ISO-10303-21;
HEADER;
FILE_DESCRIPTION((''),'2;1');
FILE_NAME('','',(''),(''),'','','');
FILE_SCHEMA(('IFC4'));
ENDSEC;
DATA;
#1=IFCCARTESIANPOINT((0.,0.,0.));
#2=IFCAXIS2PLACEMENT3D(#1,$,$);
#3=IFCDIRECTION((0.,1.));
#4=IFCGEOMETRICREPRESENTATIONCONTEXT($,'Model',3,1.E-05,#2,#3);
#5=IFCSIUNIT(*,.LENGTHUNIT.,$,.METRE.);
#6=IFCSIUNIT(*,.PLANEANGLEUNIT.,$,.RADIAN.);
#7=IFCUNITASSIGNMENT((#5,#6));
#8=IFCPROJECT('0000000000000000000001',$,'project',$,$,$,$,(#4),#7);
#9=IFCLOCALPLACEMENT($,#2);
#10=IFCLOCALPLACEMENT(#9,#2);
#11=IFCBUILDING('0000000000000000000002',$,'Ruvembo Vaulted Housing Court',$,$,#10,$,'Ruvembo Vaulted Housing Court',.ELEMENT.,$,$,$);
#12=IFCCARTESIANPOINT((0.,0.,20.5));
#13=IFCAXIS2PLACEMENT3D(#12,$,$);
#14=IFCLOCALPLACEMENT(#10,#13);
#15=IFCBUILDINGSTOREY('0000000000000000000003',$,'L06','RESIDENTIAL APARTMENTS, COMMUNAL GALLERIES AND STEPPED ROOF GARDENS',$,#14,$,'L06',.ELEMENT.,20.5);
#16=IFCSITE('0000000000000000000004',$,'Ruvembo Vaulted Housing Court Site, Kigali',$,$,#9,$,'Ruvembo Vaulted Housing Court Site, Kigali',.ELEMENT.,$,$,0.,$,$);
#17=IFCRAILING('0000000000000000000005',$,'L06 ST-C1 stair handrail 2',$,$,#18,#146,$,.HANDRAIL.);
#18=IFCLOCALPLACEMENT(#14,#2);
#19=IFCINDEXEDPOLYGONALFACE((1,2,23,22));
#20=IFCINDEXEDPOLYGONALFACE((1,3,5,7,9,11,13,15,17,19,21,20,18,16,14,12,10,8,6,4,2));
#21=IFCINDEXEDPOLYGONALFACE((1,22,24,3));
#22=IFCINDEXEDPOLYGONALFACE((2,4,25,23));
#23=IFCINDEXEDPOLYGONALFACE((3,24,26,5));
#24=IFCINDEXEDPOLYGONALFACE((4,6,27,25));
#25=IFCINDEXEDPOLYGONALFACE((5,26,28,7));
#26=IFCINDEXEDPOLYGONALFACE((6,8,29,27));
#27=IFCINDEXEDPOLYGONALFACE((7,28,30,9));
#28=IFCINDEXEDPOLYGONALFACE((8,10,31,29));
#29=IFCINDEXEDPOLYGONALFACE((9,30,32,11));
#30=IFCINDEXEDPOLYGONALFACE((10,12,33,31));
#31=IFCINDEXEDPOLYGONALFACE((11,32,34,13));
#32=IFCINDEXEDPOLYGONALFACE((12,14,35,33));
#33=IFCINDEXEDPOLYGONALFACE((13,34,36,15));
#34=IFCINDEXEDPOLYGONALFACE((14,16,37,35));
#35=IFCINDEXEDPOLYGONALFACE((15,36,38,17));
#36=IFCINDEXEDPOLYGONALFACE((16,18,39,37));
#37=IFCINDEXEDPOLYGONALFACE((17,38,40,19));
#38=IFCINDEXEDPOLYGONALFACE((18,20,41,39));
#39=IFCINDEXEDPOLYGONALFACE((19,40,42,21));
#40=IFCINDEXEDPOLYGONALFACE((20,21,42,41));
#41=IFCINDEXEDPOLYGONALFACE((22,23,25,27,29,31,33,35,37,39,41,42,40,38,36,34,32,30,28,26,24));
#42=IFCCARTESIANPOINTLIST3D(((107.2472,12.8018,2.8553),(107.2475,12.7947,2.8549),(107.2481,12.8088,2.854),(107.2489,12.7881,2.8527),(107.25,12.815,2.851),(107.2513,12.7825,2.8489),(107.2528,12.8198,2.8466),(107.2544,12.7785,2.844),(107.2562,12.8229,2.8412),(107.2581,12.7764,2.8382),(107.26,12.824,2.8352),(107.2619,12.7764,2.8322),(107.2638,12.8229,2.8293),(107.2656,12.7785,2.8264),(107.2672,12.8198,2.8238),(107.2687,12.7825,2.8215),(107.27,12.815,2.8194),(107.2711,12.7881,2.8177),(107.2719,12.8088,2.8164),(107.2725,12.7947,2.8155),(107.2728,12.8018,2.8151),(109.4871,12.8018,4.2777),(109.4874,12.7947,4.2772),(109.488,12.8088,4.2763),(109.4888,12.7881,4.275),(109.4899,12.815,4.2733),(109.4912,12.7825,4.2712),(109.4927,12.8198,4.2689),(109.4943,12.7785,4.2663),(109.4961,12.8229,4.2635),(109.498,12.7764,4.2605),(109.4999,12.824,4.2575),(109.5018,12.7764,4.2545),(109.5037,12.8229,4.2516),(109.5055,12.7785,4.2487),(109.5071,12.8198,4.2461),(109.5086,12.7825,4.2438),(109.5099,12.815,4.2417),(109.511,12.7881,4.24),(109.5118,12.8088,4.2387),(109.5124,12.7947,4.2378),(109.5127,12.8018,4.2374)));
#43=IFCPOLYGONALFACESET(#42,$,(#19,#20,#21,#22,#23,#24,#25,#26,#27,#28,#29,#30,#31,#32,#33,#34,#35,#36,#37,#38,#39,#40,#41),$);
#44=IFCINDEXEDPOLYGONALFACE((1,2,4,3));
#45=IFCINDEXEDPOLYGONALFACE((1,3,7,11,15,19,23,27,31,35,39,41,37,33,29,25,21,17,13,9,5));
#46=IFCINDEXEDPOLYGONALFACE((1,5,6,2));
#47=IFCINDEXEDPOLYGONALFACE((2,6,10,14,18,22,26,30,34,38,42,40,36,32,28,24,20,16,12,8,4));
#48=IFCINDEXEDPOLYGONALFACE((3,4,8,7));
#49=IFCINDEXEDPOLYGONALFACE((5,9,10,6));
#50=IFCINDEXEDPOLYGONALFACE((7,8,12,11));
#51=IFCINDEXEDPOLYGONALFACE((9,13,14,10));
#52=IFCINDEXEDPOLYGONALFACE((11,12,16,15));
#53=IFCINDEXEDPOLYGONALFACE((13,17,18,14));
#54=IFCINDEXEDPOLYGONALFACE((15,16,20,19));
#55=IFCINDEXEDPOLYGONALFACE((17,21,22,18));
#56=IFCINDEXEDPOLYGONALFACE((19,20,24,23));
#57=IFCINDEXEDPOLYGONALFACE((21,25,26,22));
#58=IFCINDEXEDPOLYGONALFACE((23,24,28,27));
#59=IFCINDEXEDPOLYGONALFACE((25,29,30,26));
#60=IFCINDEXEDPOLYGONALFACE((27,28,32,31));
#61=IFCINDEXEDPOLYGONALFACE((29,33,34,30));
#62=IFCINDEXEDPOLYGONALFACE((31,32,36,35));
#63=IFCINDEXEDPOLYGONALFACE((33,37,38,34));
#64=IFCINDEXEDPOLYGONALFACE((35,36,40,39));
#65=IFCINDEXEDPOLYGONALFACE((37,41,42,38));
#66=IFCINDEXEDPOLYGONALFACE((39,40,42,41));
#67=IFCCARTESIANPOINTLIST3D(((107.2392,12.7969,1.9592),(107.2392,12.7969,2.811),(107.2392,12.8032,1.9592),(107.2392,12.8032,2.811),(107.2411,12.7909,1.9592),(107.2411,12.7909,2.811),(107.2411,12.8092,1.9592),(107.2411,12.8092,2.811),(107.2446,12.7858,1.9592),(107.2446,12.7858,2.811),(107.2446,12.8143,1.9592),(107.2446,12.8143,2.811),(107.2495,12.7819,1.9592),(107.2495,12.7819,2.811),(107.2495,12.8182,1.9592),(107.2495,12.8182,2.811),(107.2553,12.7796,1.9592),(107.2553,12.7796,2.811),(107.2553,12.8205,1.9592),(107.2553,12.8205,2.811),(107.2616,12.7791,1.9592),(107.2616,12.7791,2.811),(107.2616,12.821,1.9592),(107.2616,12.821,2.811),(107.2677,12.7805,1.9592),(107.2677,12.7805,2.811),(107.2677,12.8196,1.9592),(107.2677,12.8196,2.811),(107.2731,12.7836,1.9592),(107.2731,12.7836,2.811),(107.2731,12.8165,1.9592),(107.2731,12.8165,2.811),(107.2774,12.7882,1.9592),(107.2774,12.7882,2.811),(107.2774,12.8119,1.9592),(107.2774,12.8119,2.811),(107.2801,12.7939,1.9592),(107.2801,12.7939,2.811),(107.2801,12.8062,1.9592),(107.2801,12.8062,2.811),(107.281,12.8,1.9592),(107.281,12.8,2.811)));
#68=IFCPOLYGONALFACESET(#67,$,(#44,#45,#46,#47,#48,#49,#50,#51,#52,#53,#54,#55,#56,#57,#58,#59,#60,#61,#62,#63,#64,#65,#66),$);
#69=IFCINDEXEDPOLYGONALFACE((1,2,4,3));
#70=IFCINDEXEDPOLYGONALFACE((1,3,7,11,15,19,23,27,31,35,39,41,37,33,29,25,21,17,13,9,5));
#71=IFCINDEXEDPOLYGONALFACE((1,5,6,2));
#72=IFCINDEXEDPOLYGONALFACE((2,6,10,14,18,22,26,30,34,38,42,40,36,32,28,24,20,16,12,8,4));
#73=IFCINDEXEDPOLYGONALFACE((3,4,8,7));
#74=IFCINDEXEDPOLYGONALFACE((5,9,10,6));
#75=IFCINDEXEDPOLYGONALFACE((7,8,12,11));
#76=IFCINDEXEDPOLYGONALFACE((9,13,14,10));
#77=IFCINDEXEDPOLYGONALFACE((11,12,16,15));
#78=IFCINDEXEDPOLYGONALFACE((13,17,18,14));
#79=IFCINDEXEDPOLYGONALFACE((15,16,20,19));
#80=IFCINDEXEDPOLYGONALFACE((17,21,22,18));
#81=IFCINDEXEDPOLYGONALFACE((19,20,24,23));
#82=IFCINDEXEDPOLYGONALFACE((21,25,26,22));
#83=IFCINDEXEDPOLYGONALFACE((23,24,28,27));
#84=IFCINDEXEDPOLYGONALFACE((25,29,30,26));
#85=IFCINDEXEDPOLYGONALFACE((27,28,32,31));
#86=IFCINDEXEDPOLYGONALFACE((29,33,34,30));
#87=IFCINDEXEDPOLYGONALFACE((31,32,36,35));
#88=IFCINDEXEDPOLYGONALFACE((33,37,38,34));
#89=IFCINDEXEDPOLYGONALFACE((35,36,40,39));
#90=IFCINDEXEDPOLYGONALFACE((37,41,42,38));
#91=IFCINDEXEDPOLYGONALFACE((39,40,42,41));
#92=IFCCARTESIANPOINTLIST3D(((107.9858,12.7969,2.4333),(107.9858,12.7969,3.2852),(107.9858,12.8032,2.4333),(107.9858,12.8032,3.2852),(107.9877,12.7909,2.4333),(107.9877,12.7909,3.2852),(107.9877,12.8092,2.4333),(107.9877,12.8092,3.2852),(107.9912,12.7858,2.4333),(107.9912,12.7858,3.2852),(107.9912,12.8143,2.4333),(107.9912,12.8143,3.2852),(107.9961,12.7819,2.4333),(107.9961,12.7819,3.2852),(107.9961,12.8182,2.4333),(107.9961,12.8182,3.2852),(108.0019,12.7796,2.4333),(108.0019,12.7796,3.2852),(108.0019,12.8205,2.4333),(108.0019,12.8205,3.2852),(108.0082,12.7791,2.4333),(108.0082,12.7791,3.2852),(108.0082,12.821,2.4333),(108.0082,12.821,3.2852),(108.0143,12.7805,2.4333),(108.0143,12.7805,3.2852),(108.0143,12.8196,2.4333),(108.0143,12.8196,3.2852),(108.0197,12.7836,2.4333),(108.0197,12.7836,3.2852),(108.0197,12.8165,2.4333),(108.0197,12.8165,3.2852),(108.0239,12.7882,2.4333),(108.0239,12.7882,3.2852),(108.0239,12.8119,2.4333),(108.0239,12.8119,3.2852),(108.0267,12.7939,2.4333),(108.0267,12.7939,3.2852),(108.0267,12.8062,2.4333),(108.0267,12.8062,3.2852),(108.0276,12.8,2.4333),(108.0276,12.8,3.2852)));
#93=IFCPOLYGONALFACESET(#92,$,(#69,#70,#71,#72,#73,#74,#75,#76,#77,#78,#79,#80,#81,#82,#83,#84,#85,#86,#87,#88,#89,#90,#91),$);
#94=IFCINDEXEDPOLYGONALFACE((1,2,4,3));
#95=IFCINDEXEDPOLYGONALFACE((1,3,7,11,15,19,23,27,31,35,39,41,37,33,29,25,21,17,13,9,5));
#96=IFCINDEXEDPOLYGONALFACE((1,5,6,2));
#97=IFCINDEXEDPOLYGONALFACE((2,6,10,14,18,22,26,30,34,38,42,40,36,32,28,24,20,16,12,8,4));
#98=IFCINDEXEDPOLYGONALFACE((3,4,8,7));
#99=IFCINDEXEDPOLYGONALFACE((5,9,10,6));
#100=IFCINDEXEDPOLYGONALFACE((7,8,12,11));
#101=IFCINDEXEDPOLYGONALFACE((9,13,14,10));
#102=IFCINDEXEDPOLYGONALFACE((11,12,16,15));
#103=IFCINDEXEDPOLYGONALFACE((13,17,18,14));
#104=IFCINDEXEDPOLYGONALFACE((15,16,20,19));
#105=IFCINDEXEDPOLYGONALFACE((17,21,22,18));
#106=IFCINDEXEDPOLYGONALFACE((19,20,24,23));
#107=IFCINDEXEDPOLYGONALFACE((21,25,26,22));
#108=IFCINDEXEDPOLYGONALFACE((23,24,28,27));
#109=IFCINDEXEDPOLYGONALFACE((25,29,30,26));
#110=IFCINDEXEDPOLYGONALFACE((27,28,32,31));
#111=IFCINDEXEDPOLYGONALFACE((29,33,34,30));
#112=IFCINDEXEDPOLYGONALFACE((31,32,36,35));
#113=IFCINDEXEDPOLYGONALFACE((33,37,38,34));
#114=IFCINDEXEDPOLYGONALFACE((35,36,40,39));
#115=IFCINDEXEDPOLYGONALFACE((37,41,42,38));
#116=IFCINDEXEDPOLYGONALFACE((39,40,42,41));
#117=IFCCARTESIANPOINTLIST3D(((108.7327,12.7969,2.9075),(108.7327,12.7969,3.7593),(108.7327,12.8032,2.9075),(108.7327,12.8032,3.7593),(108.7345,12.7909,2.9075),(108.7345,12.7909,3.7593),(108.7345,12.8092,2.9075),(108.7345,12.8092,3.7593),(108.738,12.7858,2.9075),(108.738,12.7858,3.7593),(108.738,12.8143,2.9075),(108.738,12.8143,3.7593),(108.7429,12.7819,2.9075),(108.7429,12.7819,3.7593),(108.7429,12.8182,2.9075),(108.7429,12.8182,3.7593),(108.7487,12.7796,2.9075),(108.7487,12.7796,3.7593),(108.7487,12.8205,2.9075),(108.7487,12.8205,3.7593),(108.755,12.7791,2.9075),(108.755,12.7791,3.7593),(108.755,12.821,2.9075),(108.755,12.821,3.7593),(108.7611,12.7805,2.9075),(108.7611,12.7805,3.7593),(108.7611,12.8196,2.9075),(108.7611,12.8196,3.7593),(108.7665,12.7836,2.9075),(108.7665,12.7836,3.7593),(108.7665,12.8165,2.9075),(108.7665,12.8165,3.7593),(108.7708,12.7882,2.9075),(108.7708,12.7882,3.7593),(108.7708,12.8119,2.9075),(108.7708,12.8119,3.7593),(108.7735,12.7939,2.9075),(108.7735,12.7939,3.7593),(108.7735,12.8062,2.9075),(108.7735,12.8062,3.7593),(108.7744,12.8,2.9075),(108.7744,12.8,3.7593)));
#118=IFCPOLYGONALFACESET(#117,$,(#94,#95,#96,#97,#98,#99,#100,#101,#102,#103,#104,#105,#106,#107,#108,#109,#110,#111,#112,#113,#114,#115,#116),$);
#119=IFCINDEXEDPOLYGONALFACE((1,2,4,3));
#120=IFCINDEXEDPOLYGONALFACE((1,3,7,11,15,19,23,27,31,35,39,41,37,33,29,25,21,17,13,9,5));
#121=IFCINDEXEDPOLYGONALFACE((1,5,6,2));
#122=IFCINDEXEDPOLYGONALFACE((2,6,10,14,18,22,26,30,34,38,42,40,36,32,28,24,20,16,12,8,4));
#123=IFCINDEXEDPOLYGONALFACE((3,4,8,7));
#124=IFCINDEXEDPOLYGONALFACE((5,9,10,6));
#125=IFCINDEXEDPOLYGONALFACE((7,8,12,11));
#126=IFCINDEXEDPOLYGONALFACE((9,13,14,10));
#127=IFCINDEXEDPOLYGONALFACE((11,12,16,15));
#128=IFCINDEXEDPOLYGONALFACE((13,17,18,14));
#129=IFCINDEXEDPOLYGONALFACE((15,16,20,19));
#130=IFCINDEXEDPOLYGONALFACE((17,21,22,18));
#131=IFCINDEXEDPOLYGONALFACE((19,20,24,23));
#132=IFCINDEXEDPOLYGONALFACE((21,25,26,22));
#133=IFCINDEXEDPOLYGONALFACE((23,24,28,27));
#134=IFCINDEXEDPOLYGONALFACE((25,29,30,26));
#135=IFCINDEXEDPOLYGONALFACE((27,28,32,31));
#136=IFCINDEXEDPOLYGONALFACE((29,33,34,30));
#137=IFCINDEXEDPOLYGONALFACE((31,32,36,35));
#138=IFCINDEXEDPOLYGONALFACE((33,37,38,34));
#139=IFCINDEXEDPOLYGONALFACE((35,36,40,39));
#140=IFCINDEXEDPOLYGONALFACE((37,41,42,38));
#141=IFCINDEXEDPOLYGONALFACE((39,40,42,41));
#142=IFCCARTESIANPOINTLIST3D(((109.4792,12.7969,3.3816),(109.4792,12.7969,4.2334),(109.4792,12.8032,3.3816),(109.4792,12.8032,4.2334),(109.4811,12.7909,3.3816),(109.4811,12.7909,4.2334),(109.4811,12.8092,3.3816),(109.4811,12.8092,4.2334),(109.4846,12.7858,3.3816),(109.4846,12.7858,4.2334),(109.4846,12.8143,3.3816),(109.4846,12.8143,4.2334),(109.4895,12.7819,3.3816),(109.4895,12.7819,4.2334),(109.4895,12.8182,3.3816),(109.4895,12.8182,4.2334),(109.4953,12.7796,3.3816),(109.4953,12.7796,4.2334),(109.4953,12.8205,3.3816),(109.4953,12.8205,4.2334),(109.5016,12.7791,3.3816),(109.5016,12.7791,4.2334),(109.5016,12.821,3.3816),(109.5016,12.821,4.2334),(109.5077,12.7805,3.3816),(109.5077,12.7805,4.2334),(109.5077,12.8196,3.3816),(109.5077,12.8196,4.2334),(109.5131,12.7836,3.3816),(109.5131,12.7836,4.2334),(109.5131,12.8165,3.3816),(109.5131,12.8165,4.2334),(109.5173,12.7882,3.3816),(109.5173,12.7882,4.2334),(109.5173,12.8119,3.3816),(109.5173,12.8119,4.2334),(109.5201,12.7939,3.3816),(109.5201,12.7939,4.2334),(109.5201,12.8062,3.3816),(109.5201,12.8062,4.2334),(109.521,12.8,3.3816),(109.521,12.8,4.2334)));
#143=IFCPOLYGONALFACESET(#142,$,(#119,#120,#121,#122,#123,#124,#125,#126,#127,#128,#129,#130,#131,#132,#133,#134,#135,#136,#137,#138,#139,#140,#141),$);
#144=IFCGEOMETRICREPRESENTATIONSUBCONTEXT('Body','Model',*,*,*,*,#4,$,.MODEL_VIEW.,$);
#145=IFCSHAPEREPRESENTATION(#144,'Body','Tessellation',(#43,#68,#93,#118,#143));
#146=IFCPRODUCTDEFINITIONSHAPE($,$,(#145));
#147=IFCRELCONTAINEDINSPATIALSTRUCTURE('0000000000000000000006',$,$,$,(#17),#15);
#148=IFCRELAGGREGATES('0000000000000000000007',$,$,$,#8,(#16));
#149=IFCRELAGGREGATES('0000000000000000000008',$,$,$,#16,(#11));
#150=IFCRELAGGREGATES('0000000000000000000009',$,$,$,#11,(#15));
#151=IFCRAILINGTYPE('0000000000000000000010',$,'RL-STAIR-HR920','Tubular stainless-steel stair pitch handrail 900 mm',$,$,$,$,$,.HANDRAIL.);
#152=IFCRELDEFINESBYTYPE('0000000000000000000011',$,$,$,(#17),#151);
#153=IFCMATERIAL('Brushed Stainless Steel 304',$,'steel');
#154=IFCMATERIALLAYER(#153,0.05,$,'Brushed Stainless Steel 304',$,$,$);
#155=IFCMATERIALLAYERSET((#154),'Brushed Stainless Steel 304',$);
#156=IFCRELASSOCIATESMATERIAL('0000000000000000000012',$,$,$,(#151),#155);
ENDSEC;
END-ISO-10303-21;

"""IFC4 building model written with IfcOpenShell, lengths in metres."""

from ifc_helpers import new_model, si_unit, direction, frame, origin, origin_2d, place, context, subcontext, project, spatial, circle, extrude, material, layer, layer_set, type_object, element, save


model = new_model("IFC4")

# Units and contexts
model_context = context("Model", 3, precision=1e-05, world=origin(), true_north=direction((0.0, 1.0)))
body_context = subcontext(model_context, "Body", "Model", "MODEL_VIEW")
ifc_project = project(units=[si_unit("LENGTHUNIT", "METRE"), si_unit("PLANEANGLEUNIT", "RADIAN")], contexts=[model_context])

# Site, building, storey
site_placement = place(None, origin())
site = spatial("IfcSite", under=ifc_project, at=site_placement, Name="Ruvembo Vaulted Housing Court Site, Kigali", LongName="Ruvembo Vaulted Housing Court Site, Kigali", CompositionType="ELEMENT", RefElevation=0.0)
building_placement = place(site_placement, origin())
building = spatial("IfcBuilding", under=site, at=building_placement, Name="Ruvembo Vaulted Housing Court", LongName="Ruvembo Vaulted Housing Court", CompositionType="ELEMENT")
storey_placement = place(building_placement, frame((0.0, 0.0, 20.5)))
storey = spatial("IfcBuildingStorey", under=building, at=storey_placement, Name="L06", Description="RESIDENTIAL APARTMENTS, COMMUNAL GALLERIES AND STEPPED ROOF GARDENS", LongName="L06", CompositionType="ELEMENT", Elevation=20.5)

# Railing
ifc_material_1 = material(Name="Brushed Stainless Steel 304", Category="steel")
ifc_layer_1 = layer(ifc_material_1, 0.05, Name="Brushed Stainless Steel 304")
ifc_layer_set_1 = layer_set([ifc_layer_1], Name="Brushed Stainless Steel 304")
railing_type_1 = type_object("IfcRailingType", Name="RL-STAIR-HR920", Description="Tubular stainless-steel stair pitch handrail 900 mm", PredefinedType="HANDRAIL", material=ifc_layer_set_1)
railing_1_placement = place(storey_placement, frame((107.26, 12.8, 1.9592)))
element("IfcRailing", 1, at=railing_1_placement, inside=storey, type_object=railing_type_1, Name="L06 ST-C1 stair handrail 2", PredefinedType="HANDRAIL", context=body_context, shape_type="SweptSolid", body=[
    extrude(circle(Radius=0.0239, at=origin_2d()), frame((0.0, 0.0, 0.876), z_axis=(0.844188, 0.0, 0.536048), x_axis=(0.0, 1.0, 0.0)), (0.0, 0.0, 1.0), 2.6533),
    extrude(circle(Radius=0.021, at=origin_2d()), origin(), (0.0, 0.0, 1.0), 0.8518),
    extrude(circle(Radius=0.021, at=origin_2d()), frame((0.7466, 0.0, 0.4741)), (0.0, 0.0, 1.0), 0.8518),
    extrude(circle(Radius=0.021, at=origin_2d()), frame((1.4934, 0.0, 0.9482)), (0.0, 0.0, 1.0), 0.8518),
    extrude(circle(Radius=0.021, at=origin_2d()), frame((2.24, 0.0, 1.4224)), (0.0, 0.0, 1.0), 0.8518),
])

save(model, "model.ifc")
